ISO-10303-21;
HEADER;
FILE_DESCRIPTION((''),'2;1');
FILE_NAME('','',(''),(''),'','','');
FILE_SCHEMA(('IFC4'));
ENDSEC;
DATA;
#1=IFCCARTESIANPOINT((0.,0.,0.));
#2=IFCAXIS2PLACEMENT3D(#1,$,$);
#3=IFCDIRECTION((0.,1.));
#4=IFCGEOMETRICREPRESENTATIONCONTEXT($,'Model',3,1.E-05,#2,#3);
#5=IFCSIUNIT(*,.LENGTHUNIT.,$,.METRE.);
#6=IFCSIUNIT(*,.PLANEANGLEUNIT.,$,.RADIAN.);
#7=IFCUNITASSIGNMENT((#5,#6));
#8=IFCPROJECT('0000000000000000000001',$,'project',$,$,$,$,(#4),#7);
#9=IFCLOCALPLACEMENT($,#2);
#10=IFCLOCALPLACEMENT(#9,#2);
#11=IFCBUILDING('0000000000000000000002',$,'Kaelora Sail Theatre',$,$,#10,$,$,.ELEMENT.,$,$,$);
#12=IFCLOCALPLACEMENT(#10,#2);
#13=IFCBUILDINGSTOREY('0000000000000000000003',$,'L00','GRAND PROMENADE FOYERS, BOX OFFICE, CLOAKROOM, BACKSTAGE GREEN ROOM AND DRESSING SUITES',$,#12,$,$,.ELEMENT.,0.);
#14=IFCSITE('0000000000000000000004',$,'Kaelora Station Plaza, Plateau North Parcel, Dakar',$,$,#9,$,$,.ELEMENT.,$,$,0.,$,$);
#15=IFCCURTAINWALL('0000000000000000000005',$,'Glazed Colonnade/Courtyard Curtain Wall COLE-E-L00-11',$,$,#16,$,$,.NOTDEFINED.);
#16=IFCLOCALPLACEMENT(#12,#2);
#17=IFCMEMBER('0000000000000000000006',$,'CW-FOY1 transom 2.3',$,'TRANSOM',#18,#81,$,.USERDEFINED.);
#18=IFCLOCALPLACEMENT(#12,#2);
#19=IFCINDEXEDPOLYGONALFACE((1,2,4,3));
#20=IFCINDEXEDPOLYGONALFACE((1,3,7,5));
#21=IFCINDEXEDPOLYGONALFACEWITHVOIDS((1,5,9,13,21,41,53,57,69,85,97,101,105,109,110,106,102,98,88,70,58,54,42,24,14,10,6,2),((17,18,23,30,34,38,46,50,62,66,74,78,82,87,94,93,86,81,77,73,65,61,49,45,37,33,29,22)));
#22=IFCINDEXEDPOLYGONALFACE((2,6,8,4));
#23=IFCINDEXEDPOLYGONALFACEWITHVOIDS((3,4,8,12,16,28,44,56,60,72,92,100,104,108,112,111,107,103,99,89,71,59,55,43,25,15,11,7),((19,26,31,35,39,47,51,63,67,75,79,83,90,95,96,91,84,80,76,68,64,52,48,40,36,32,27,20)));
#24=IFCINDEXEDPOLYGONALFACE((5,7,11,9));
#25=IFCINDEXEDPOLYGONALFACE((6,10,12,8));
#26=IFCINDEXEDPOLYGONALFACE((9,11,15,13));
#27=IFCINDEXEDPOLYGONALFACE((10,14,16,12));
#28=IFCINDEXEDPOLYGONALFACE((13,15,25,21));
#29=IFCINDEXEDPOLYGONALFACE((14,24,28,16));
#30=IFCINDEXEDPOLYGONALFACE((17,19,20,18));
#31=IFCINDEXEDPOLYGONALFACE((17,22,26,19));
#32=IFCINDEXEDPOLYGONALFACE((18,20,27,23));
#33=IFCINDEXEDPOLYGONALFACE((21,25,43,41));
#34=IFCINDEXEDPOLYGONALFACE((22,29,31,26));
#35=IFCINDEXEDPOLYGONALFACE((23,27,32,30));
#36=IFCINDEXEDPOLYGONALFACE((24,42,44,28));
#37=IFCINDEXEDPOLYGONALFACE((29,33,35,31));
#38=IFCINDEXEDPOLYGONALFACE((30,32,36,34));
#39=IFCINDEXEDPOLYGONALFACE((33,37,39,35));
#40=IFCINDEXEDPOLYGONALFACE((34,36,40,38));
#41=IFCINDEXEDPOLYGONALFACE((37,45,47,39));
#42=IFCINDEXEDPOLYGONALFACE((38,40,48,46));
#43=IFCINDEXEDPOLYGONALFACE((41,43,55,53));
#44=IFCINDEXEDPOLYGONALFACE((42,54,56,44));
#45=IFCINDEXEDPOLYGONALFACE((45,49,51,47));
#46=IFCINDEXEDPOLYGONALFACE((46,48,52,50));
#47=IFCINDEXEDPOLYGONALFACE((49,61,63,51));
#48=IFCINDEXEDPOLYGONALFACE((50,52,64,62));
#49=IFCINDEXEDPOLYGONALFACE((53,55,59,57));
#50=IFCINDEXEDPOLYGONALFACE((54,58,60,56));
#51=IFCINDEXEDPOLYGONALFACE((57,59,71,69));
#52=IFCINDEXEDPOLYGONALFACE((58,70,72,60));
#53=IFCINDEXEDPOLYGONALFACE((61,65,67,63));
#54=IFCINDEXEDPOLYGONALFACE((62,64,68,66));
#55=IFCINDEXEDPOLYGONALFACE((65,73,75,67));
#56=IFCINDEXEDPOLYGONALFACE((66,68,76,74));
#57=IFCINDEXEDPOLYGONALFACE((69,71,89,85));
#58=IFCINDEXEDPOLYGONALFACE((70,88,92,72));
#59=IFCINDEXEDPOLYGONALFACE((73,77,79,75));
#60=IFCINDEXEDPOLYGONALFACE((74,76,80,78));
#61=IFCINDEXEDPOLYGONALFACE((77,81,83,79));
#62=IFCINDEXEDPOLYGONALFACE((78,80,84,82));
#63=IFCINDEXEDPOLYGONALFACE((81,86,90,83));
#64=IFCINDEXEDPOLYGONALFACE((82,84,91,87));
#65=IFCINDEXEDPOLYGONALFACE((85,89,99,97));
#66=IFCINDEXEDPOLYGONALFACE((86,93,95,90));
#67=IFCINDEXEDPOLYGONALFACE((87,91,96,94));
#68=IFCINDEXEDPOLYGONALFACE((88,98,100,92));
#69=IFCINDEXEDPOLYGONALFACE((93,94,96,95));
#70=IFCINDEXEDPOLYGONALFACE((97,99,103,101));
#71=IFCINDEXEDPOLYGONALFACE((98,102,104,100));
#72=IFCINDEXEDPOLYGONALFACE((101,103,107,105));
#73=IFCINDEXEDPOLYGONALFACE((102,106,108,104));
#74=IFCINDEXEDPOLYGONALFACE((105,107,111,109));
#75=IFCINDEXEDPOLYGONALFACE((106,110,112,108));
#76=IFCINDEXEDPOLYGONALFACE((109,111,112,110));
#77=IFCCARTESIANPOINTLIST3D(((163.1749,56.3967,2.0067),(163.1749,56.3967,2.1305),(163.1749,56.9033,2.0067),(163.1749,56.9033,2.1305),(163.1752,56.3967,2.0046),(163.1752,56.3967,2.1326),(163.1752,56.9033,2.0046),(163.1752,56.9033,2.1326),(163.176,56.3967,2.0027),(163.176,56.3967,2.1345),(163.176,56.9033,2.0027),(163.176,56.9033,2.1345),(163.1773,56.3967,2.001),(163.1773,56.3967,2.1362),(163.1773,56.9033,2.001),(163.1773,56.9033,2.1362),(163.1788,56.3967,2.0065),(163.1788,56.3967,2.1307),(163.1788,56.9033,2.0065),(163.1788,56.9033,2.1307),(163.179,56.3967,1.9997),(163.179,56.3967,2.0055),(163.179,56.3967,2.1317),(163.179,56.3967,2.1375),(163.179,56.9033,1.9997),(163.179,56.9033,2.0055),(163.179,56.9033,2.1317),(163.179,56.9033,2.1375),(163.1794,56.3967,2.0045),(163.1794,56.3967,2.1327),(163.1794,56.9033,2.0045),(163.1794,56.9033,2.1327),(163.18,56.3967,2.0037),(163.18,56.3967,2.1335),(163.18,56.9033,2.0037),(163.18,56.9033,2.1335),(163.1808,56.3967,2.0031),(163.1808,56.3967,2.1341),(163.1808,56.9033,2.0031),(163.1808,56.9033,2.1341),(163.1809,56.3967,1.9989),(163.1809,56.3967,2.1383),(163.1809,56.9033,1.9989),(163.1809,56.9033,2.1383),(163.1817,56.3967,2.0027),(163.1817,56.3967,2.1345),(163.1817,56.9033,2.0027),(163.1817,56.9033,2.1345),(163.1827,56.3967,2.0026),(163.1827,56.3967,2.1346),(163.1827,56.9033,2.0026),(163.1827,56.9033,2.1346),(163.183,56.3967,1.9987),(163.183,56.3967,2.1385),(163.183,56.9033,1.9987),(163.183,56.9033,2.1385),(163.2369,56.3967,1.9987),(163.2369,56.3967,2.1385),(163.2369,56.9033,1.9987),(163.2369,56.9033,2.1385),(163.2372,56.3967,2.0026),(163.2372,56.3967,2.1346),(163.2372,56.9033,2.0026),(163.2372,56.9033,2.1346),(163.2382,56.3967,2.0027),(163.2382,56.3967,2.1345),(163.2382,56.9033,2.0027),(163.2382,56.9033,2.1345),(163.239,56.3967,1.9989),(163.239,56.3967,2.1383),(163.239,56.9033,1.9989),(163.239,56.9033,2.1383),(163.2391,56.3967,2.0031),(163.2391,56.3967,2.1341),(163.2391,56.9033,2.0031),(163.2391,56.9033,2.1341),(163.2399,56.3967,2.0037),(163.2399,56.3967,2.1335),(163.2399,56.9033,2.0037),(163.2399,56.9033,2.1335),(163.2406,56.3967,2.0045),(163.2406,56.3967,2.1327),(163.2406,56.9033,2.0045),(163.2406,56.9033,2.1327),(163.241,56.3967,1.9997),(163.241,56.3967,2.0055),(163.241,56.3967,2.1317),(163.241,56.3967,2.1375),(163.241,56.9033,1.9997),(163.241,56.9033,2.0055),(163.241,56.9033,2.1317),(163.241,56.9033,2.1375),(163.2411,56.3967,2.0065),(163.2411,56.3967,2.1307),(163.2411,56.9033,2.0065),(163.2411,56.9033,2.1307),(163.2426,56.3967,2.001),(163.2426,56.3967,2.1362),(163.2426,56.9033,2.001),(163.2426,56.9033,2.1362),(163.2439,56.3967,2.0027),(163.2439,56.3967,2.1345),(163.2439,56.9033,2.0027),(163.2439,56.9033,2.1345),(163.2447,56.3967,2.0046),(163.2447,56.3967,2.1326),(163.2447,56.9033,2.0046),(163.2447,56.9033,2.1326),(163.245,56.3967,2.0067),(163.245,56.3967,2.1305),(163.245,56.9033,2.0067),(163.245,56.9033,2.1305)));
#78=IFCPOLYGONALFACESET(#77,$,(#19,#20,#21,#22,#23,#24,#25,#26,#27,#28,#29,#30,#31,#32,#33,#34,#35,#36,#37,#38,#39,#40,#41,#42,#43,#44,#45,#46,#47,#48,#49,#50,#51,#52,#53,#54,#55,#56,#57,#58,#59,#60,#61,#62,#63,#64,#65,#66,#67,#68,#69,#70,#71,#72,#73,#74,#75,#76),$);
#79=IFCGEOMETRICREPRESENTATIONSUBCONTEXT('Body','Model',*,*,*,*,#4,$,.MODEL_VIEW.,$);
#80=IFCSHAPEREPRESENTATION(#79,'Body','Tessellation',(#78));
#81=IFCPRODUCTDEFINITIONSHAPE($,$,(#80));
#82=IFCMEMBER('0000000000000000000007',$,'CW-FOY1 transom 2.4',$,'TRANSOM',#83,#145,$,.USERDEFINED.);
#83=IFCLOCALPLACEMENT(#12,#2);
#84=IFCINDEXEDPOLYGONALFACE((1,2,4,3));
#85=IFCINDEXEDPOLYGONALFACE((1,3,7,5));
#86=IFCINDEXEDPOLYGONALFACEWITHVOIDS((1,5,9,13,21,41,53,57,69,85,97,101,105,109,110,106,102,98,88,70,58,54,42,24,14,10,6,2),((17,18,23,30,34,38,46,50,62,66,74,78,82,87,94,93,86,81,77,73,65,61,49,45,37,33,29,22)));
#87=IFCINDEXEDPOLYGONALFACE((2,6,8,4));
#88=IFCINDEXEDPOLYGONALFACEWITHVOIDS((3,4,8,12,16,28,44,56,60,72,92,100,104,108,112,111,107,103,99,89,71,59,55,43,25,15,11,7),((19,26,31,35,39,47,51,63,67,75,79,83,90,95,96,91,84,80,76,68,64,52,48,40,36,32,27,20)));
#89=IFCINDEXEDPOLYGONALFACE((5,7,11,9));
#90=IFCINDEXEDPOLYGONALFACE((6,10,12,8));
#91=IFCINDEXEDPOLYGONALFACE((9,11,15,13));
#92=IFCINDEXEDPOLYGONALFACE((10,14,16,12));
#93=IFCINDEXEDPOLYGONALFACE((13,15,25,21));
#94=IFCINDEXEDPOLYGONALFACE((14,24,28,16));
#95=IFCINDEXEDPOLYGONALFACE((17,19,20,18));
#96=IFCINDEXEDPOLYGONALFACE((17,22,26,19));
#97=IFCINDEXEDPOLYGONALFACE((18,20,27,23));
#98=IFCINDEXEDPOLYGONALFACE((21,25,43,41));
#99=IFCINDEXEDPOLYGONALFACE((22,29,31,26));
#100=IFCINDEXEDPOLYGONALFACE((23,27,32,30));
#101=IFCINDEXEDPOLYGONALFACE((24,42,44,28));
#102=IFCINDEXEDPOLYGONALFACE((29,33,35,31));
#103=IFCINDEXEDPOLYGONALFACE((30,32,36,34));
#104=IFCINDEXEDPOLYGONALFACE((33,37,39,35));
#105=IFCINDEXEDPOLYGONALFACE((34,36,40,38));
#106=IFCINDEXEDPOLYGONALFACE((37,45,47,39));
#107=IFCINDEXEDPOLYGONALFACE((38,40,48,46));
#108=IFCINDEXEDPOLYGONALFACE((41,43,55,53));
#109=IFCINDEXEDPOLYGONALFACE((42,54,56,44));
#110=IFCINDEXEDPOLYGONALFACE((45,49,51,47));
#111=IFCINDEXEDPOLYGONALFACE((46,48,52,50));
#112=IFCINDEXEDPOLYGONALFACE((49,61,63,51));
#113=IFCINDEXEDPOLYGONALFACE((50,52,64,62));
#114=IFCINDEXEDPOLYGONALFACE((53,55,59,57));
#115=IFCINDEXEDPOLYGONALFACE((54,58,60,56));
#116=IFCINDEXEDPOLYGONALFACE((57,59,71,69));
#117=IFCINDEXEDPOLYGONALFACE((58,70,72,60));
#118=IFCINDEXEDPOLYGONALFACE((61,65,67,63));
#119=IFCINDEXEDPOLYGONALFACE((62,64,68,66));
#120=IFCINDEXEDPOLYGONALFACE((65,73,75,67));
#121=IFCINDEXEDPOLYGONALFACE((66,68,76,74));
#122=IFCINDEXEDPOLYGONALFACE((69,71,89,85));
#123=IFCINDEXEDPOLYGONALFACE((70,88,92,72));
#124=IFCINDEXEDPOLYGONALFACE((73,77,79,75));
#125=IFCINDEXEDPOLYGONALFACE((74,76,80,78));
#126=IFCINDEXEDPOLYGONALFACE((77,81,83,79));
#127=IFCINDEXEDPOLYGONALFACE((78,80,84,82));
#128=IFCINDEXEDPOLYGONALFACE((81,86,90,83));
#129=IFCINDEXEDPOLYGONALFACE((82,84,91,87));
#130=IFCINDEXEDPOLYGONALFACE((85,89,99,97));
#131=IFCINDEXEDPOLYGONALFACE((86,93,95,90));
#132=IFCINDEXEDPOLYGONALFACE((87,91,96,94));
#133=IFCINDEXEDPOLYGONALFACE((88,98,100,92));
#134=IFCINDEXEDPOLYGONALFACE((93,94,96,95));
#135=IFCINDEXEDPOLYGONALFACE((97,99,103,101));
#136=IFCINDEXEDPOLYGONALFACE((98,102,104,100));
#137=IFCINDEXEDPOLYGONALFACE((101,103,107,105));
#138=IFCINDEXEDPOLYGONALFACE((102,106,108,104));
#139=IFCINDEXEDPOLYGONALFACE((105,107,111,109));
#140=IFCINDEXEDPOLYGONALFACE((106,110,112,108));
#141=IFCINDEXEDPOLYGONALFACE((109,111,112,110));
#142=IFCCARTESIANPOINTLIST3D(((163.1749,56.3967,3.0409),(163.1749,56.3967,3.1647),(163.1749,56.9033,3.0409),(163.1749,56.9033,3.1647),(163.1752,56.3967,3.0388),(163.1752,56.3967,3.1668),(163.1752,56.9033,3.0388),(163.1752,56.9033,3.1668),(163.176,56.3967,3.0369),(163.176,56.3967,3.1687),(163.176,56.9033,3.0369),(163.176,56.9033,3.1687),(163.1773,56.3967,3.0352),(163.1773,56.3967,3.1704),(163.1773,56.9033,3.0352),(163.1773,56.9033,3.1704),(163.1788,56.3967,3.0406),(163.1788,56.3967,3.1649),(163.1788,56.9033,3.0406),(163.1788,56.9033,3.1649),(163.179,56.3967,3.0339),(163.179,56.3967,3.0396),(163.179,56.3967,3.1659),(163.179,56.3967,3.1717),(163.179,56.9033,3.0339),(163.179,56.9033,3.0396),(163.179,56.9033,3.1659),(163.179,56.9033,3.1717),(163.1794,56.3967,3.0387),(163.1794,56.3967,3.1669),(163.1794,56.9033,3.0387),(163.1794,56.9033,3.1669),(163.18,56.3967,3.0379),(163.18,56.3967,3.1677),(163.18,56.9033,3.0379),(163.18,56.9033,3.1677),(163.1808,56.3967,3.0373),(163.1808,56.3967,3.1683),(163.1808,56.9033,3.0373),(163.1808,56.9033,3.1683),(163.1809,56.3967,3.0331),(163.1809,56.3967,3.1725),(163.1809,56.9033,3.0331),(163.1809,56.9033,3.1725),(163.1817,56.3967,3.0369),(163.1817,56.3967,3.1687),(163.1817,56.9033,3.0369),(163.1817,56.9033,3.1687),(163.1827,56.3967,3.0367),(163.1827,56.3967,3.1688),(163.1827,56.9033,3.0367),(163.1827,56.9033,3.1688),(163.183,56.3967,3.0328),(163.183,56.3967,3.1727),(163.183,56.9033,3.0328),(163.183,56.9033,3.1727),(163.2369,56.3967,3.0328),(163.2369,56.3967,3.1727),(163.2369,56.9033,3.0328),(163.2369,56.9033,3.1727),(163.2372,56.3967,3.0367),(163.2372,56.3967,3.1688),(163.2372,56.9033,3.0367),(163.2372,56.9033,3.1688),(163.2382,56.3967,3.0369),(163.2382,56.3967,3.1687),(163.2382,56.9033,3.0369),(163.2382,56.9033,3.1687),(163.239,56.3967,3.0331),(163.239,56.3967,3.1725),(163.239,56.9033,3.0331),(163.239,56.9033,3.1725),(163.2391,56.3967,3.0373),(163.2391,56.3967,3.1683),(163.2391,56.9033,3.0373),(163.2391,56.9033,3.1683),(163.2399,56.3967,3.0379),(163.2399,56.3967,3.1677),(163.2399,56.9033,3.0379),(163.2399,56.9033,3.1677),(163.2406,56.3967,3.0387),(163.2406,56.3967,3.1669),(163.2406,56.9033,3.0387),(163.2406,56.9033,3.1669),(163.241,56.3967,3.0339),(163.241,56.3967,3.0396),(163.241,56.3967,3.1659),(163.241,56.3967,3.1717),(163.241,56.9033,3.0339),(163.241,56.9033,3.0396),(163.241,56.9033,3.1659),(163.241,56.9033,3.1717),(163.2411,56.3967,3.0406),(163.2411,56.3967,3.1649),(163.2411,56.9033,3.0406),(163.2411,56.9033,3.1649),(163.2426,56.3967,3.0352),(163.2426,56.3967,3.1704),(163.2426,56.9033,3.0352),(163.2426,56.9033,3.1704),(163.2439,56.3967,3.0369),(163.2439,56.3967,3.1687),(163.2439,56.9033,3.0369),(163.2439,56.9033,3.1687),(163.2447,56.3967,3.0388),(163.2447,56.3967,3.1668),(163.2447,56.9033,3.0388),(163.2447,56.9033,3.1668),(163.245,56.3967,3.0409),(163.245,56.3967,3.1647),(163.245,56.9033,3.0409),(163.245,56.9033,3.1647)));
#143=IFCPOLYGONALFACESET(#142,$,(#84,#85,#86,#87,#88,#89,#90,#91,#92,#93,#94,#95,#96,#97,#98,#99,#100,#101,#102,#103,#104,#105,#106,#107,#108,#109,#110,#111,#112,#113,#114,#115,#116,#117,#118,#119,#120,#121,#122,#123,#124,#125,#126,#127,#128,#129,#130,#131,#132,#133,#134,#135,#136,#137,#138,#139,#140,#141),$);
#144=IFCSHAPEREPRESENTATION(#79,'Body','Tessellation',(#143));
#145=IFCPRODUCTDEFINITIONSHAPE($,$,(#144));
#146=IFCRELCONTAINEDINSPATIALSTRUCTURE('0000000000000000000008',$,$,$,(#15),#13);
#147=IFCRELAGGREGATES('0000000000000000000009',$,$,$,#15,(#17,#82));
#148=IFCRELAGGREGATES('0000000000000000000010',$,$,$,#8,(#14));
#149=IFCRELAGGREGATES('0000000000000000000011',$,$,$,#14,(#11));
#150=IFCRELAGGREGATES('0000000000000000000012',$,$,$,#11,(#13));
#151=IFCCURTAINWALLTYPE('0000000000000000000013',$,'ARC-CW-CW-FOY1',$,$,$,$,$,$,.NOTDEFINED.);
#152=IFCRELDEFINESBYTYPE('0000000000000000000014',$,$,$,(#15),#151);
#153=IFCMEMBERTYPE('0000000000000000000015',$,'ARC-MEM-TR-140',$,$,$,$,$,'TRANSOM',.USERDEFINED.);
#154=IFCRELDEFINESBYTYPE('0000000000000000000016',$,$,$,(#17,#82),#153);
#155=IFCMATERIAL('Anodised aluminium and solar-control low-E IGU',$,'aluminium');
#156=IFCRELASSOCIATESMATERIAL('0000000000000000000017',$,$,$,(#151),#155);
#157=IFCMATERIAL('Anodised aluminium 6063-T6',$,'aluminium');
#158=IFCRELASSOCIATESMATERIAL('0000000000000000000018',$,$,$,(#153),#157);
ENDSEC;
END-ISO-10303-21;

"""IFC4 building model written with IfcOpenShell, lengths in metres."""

from ifc_helpers import new_model, si_unit, direction, frame, origin, origin_2d, place, context, subcontext, project, spatial, hollow_rectangle, extrude, material, material_profile, profile_set, type_object, element, aggregate, save


model = new_model("IFC4")

# Units and contexts
model_context = context("Model", 3, precision=1e-05, world=origin(), true_north=direction((0.0, 1.0)))
body_context = subcontext(model_context, "Body", "Model", "MODEL_VIEW")
ifc_project = project(units=[si_unit("LENGTHUNIT", "METRE"), si_unit("PLANEANGLEUNIT", "RADIAN")], contexts=[model_context])

# Site, building, storey
site_placement = place(None, origin())
site = spatial("IfcSite", under=ifc_project, at=site_placement, Name="Kaelora Station Plaza, Plateau North Parcel, Dakar", CompositionType="ELEMENT", RefElevation=0.0)
building_placement = place(site_placement, origin())
building = spatial("IfcBuilding", under=site, at=building_placement, Name="Kaelora Sail Theatre", CompositionType="ELEMENT")
storey_placement = place(building_placement, origin())
storey = spatial("IfcBuildingStorey", under=building, at=storey_placement, Name="L00", Description="GRAND PROMENADE FOYERS, BOX OFFICE, CLOAKROOM, BACKSTAGE GREEN ROOM AND DRESSING SUITES", CompositionType="ELEMENT", Elevation=0.0)

# Curtain wall, members
ifc_material_1 = material(Name="Anodised aluminium and solar-control low-E IGU", Category="aluminium")
curtain_wall_type = type_object("IfcCurtainWallType", Name="ARC-CW-CW-FOY1", PredefinedType="NOTDEFINED", material=ifc_material_1)
ifc_material_2 = material(Name="Anodised aluminium 6063-T6", Category="aluminium")
ifc_material_profile = material_profile(ifc_material_2, hollow_rectangle(XDim=0.0701, YDim=0.1399, WallThickness=0.0039, InnerFilletRadius=0.0039, OuterFilletRadius=0.0081, at=origin_2d()), Name="ALU-TRAN 70x140x4")
ifc_profile_set = profile_set([ifc_material_profile], Name="Anodised aluminium 6063-T6")
member_type = type_object("IfcMemberType", Name="ARC-MEM-TR-140", ElementType="TRANSOM", PredefinedType="USERDEFINED", material=ifc_profile_set)
curtain_wall_1_placement = place(storey_placement, origin())
curtain_wall_1 = element("IfcCurtainWall", 1, at=curtain_wall_1_placement, inside=storey, type_object=curtain_wall_type, Name="Glazed Colonnade/Courtyard Curtain Wall COLE-E-L00-11", PredefinedType="NOTDEFINED")
member_1_placement = place(storey_placement, frame((163.21, 56.3967, 2.0686), z_axis=(0.0, 1.0, 0.0), x_axis=(-1.0, 0.0, 0.0)))
member_1 = element("IfcMember", 2, at=member_1_placement, type_object=member_type, Name="CW-FOY1 transom 2.3", ObjectType="TRANSOM", PredefinedType="USERDEFINED", context=body_context, shape_type="SweptSolid", body=[
    extrude(hollow_rectangle(XDim=0.0701, YDim=0.1399, WallThickness=0.0039, InnerFilletRadius=0.0039, OuterFilletRadius=0.0081, at=origin_2d()), origin(), (0.0, 0.0, 1.0), 0.5066),
])
member_2_placement = place(storey_placement, frame((163.21, 56.3967, 3.1028), z_axis=(0.0, 1.0, 0.0), x_axis=(-1.0, 0.0, 0.0)))
member_2 = element("IfcMember", 3, at=member_2_placement, type_object=member_type, Name="CW-FOY1 transom 2.4", ObjectType="TRANSOM", PredefinedType="USERDEFINED", context=body_context, shape_type="SweptSolid", body=[
    extrude(hollow_rectangle(XDim=0.0701, YDim=0.1399, WallThickness=0.0039, InnerFilletRadius=0.0039, OuterFilletRadius=0.0081, at=origin_2d()), origin(), (0.0, 0.0, 1.0), 0.5066),
])

aggregate(curtain_wall_1, [member_1, member_2])

save(model, "model.ifc")
